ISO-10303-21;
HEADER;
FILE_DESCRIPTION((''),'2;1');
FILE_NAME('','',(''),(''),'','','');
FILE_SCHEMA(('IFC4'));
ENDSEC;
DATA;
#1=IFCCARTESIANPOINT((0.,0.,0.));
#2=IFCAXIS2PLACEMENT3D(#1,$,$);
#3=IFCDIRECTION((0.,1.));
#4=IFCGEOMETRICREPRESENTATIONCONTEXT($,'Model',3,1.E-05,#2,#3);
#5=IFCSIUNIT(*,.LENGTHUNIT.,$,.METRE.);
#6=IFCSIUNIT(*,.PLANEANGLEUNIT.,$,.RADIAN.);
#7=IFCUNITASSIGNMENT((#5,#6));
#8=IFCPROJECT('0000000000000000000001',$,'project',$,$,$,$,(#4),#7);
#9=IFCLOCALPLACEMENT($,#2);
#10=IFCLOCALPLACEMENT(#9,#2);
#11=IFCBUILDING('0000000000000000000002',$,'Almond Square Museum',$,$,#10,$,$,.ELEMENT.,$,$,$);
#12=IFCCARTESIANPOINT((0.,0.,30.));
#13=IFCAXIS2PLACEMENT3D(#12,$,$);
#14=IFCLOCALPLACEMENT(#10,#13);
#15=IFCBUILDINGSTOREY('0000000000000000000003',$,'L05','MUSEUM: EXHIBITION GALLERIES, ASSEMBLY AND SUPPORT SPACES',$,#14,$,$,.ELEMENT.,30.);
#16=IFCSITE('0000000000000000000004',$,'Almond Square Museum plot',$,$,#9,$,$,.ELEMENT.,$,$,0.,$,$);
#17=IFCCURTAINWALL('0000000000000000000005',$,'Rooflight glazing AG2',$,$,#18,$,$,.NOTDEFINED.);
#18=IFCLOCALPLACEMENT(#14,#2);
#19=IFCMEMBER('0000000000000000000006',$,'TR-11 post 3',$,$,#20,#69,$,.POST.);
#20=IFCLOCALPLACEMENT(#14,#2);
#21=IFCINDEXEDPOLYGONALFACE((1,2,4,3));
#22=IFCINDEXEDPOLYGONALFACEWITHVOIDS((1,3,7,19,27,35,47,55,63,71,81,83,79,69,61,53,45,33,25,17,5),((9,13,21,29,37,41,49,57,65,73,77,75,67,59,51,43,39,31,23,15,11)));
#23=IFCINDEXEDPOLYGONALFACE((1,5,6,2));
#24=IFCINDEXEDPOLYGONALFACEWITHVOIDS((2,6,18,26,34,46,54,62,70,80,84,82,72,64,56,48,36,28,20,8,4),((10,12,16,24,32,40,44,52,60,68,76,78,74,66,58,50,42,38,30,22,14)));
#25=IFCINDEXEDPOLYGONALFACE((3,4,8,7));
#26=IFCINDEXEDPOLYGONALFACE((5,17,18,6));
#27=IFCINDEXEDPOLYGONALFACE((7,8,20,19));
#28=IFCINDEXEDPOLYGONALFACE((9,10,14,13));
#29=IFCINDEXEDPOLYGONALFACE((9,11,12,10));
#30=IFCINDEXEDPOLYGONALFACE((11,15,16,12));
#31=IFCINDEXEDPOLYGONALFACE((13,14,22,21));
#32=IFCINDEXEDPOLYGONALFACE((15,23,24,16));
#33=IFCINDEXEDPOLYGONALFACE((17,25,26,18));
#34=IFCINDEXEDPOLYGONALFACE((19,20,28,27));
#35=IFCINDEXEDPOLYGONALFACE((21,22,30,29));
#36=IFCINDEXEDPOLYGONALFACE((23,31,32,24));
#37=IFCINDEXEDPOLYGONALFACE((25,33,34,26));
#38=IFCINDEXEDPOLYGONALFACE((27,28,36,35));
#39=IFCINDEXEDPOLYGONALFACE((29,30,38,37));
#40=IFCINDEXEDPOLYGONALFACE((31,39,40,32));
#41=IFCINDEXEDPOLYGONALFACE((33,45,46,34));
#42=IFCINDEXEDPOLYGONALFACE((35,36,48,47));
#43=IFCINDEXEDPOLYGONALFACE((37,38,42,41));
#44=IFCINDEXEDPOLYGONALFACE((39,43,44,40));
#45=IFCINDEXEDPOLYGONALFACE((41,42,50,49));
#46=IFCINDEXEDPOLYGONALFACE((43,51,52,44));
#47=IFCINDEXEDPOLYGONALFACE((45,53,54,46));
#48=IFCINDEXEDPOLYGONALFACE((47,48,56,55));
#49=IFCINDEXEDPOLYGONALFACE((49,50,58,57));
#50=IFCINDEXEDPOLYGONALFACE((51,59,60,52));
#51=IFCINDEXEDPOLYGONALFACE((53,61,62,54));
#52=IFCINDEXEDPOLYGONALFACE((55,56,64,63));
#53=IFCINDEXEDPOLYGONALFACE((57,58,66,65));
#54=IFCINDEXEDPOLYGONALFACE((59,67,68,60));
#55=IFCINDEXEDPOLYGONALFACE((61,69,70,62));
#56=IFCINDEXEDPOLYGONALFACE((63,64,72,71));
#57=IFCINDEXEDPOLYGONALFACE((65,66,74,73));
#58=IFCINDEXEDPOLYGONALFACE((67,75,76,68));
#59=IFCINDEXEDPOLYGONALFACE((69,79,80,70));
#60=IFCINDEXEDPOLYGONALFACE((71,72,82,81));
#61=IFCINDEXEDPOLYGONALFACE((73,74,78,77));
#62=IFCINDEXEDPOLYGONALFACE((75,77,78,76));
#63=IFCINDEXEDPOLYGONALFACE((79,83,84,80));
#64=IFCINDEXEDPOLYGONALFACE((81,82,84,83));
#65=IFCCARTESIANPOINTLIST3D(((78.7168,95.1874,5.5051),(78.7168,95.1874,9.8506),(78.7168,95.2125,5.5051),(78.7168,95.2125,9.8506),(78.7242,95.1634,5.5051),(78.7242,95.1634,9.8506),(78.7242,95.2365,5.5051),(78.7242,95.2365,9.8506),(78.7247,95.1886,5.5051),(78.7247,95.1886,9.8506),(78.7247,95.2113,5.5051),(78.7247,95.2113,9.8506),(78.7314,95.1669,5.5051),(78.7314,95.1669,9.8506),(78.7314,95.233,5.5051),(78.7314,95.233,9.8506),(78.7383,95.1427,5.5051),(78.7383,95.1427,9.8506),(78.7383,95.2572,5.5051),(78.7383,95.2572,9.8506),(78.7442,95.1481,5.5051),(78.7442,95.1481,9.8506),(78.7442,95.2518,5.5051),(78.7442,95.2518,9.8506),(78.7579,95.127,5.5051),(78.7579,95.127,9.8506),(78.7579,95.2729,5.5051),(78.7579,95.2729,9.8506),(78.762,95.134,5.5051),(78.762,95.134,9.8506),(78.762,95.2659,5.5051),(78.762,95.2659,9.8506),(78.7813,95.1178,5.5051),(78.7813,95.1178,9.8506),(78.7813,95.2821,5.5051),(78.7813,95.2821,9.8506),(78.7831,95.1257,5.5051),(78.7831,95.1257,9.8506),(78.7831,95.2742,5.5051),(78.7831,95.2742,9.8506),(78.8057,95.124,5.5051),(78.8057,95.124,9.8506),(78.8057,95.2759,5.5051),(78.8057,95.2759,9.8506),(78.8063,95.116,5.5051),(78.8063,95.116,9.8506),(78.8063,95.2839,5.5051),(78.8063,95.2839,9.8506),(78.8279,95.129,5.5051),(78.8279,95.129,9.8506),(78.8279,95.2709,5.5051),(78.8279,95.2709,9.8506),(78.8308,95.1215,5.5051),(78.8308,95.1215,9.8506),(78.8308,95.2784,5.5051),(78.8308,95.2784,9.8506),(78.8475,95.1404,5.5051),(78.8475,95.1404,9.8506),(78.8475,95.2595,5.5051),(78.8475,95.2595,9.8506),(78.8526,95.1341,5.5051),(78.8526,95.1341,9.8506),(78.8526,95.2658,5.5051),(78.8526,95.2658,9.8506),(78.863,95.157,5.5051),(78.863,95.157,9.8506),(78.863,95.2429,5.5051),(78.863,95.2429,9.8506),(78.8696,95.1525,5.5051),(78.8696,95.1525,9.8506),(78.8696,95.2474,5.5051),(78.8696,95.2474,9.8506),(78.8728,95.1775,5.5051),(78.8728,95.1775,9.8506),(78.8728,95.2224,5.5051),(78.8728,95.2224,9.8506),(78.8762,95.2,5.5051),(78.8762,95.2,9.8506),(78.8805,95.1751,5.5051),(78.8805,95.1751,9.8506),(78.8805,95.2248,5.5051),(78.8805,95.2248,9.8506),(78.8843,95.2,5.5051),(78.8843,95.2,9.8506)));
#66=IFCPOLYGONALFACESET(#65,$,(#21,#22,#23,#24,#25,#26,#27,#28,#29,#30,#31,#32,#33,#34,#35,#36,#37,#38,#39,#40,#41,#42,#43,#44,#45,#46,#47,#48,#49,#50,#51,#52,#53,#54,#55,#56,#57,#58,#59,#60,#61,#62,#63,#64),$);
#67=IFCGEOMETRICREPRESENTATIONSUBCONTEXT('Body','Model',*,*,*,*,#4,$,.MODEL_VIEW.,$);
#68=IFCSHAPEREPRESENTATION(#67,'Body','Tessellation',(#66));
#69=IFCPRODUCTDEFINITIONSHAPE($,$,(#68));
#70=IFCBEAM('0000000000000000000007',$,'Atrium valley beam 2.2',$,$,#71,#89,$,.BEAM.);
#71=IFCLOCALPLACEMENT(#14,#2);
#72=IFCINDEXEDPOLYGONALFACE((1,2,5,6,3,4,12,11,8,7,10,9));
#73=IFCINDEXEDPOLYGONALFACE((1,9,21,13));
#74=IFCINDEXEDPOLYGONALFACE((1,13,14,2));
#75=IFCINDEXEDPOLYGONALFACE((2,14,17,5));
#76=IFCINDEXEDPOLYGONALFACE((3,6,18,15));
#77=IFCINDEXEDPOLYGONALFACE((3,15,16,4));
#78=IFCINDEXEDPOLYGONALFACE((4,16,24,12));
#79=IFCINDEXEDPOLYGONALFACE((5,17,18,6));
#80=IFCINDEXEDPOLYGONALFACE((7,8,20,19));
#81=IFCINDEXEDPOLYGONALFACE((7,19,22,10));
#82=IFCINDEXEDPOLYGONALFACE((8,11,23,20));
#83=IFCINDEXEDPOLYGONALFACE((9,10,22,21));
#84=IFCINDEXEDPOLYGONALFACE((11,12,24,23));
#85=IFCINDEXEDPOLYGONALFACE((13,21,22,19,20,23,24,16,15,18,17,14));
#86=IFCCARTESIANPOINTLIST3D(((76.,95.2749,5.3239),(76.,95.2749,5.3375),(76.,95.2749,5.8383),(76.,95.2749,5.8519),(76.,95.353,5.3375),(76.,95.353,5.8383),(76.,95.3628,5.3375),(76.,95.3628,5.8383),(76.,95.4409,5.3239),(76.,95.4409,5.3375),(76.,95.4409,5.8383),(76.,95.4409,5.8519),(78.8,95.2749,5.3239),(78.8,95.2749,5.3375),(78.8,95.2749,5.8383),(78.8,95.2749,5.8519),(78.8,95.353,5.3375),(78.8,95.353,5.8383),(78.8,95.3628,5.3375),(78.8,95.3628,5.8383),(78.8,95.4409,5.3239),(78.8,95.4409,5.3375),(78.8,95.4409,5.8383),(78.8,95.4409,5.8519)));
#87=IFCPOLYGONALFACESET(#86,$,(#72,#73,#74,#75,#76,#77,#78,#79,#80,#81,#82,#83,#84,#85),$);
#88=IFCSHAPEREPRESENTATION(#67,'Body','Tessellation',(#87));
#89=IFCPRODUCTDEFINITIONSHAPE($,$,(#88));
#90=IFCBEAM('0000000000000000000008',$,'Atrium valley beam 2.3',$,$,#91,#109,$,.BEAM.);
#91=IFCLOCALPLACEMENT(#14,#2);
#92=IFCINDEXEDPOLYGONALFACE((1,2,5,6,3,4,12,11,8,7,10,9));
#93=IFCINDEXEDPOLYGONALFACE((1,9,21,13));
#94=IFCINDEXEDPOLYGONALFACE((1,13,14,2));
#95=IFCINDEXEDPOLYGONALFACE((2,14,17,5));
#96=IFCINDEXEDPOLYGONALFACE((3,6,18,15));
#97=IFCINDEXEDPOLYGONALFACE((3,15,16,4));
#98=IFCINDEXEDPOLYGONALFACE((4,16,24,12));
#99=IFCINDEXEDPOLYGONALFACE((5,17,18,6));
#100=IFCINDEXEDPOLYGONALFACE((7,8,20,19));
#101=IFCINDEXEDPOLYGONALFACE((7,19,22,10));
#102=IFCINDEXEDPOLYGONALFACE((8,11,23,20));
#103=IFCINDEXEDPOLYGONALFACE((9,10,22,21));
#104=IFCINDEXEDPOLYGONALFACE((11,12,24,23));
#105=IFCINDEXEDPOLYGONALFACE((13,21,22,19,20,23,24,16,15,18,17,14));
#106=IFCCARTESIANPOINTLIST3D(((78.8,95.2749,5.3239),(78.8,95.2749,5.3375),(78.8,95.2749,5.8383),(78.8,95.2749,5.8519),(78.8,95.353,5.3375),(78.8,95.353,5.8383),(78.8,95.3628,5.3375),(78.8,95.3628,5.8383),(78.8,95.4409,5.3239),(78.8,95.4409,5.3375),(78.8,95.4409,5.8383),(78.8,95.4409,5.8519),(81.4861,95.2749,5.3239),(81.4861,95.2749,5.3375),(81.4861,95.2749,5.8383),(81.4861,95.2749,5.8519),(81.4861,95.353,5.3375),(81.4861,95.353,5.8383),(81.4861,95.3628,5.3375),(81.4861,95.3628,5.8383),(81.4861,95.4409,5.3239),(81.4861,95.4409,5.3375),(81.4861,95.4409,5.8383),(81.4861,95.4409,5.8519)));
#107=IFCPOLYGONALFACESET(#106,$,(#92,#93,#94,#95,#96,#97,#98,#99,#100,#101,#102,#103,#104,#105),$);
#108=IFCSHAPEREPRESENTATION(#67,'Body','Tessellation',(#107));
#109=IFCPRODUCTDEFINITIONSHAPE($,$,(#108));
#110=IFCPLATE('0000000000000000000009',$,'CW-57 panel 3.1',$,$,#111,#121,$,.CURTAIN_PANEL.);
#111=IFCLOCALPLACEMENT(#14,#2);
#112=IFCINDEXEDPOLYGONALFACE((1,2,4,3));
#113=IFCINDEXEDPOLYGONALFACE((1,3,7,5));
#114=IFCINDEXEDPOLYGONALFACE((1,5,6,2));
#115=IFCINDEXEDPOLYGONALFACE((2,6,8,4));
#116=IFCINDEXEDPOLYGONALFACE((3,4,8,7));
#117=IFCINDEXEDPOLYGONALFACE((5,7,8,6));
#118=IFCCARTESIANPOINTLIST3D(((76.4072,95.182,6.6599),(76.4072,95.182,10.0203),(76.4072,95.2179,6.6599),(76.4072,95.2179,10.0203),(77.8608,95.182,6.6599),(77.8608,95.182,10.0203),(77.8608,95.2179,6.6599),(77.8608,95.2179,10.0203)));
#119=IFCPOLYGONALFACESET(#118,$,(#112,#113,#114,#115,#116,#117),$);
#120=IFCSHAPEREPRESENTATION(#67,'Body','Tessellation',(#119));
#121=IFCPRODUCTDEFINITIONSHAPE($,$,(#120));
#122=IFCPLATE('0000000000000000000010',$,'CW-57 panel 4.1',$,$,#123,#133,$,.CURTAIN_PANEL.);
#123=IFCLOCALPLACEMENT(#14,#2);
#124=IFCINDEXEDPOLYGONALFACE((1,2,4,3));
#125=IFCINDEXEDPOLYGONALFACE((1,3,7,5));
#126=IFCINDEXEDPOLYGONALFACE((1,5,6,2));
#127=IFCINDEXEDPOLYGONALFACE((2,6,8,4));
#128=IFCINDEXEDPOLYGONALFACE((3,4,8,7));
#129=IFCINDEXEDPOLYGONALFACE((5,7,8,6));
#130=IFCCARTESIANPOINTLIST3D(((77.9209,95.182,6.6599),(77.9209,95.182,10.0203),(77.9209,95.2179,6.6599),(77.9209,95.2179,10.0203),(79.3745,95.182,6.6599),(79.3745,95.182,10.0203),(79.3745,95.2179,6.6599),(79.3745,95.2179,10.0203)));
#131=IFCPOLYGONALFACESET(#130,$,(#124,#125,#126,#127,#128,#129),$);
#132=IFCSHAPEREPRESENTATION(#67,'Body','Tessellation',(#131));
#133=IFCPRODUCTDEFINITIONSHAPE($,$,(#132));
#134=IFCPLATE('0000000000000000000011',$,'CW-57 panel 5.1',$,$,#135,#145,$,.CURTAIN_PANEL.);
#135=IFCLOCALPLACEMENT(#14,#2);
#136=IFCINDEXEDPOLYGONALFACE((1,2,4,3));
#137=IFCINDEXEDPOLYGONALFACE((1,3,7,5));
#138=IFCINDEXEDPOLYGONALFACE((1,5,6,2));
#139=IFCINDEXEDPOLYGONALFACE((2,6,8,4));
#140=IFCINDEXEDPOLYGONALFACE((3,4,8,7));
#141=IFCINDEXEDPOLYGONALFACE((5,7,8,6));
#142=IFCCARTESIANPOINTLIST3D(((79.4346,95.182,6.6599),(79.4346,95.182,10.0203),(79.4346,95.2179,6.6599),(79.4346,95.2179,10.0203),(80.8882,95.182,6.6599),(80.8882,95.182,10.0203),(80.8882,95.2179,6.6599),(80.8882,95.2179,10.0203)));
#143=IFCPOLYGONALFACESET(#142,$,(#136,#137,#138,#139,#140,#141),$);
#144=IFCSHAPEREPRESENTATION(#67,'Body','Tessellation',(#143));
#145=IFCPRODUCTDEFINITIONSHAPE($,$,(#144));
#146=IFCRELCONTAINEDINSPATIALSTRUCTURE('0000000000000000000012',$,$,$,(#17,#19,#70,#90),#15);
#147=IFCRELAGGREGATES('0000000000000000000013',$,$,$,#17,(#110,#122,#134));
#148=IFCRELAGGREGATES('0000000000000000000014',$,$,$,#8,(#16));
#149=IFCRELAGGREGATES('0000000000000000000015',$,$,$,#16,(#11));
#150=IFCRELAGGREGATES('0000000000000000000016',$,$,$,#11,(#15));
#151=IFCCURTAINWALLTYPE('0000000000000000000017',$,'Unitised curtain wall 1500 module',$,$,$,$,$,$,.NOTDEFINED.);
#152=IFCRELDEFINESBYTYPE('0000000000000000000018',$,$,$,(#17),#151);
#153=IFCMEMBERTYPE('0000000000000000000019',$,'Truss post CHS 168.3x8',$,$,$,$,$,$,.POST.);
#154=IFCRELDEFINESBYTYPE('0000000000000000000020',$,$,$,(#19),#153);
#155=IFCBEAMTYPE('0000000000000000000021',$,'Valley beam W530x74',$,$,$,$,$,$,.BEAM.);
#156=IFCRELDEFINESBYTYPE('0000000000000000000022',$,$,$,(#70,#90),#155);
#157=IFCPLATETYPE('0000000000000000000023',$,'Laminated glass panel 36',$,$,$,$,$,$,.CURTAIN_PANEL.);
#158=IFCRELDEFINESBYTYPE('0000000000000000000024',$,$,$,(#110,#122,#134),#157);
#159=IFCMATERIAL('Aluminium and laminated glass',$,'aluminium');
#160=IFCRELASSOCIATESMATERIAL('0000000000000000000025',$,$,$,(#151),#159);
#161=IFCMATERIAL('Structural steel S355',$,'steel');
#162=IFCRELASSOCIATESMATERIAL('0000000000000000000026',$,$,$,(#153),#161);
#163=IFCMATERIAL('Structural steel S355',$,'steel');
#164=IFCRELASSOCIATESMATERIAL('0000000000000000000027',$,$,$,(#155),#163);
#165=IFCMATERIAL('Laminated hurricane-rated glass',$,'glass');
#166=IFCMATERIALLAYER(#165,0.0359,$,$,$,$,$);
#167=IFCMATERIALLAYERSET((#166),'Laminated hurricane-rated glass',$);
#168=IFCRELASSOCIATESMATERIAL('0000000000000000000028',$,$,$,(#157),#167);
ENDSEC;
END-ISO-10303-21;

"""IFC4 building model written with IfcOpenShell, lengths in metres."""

from ifc_helpers import new_model, si_unit, direction, frame, origin, origin_2d, place, context, subcontext, project, spatial, rectangle, hollow_circle, i_section, extrude, material, layer, layer_set, material_profile, profile_set, type_object, element, aggregate, save


model = new_model("IFC4")

# Units and contexts
model_context = context("Model", 3, precision=1e-05, world=origin(), true_north=direction((0.0, 1.0)))
body_context = subcontext(model_context, "Body", "Model", "MODEL_VIEW")
ifc_project = project(units=[si_unit("LENGTHUNIT", "METRE"), si_unit("PLANEANGLEUNIT", "RADIAN")], contexts=[model_context])

# Site, building, storey
site_placement = place(None, origin())
site = spatial("IfcSite", under=ifc_project, at=site_placement, Name="Almond Square Museum plot", CompositionType="ELEMENT", RefElevation=0.0)
building_placement = place(site_placement, origin())
building = spatial("IfcBuilding", under=site, at=building_placement, Name="Almond Square Museum", CompositionType="ELEMENT")
storey_placement = place(building_placement, frame((0.0, 0.0, 30.0)))
storey = spatial("IfcBuildingStorey", under=building, at=storey_placement, Name="L05", Description="MUSEUM: EXHIBITION GALLERIES, ASSEMBLY AND SUPPORT SPACES", CompositionType="ELEMENT", Elevation=30.0)

# Curtain wall
ifc_material_1 = material(Name="Aluminium and laminated glass", Category="aluminium")
curtain_wall_type = type_object("IfcCurtainWallType", Name="Unitised curtain wall 1500 module", PredefinedType="NOTDEFINED", material=ifc_material_1)
curtain_wall_placement = place(storey_placement, origin())
curtain_wall = element("IfcCurtainWall", 1, at=curtain_wall_placement, inside=storey, type_object=curtain_wall_type, Name="Rooflight glazing AG2", PredefinedType="NOTDEFINED")

# Member
ifc_material_2 = material(Name="Structural steel S355", Category="steel")
ifc_material_profile_1 = material_profile(ifc_material_2, hollow_circle(Radius=0.0842, WallThickness=0.0081, at=origin_2d()))
ifc_profile_set_1 = profile_set([ifc_material_profile_1], Name="Structural steel S355")
member_type_1 = type_object("IfcMemberType", Name="Truss post CHS 168.3x8", PredefinedType="POST", material=ifc_profile_set_1)
for number, where, z_axis, x_axis, name in (
    (2, (78.8, 95.2, 5.5051), (0.0, 0.0, 1.0), (1.0, 0.0, 0.0), "TR-11 post 3"),
):
    element("IfcMember", number, at=place(storey_placement, frame(where, z_axis=z_axis, x_axis=x_axis)), inside=storey, type_object=member_type_1, Name=name, PredefinedType="POST", context=body_context, shape_type="SweptSolid", body=[
        extrude(hollow_circle(Radius=0.0842, WallThickness=0.0081, at=origin_2d()), origin(), (0.0, 0.0, 1.0), 4.3455),
    ])

# Beams
ifc_material_3 = material(Name="Structural steel S355", Category="steel")
ifc_material_profile_2 = material_profile(ifc_material_3, i_section(OverallWidth=0.166, OverallDepth=0.5281, WebThickness=0.0098, FlangeThickness=0.0137, at=origin_2d()))
ifc_profile_set_2 = profile_set([ifc_material_profile_2], Name="Structural steel S355")
beam_type = type_object("IfcBeamType", Name="Valley beam W530x74", PredefinedType="BEAM", material=ifc_profile_set_2)
beam_1_placement = place(storey_placement, frame((76.0, 95.3579, 5.5879), z_axis=(1.0, 0.0, 0.0), x_axis=(0.0, 1.0, 0.0)))
element("IfcBeam", 3, at=beam_1_placement, inside=storey, type_object=beam_type, Name="Atrium valley beam 2.2", PredefinedType="BEAM", context=body_context, shape_type="SweptSolid", body=[
    extrude(i_section(OverallWidth=0.166, OverallDepth=0.5281, WebThickness=0.0098, FlangeThickness=0.0137, at=origin_2d()), origin(), (0.0, 0.0, 1.0), 2.8),
])
beam_2_placement = place(storey_placement, frame((78.8, 95.3579, 5.5879), z_axis=(1.0, 0.0, 0.0), x_axis=(0.0, 1.0, 0.0)))
element("IfcBeam", 4, at=beam_2_placement, inside=storey, type_object=beam_type, Name="Atrium valley beam 2.3", PredefinedType="BEAM", context=body_context, shape_type="SweptSolid", body=[
    extrude(i_section(OverallWidth=0.166, OverallDepth=0.5281, WebThickness=0.0098, FlangeThickness=0.0137, at=origin_2d()), origin(), (0.0, 0.0, 1.0), 2.686),
])

# Plates
ifc_material_4 = material(Name="Laminated hurricane-rated glass", Category="glass")
ifc_layer_1 = layer(ifc_material_4, 0.0359)
ifc_layer_set_1 = layer_set([ifc_layer_1], Name="Laminated hurricane-rated glass")
plate_type = type_object("IfcPlateType", Name="Laminated glass panel 36", PredefinedType="CURTAIN_PANEL", material=ifc_layer_set_1)
plate_1_placement = place(storey_placement, frame((77.134, 95.2, 6.6599), z_axis=(0.0, 0.0, 1.0), x_axis=(1.0, 0.0, 0.0)))
plate_1 = element("IfcPlate", 5, at=plate_1_placement, type_object=plate_type, Name="CW-57 panel 3.1", PredefinedType="CURTAIN_PANEL", context=body_context, shape_type="SweptSolid", body=[
    extrude(rectangle(XDim=1.4536, YDim=0.0359, at=origin_2d()), origin(), (0.0, 0.0, 1.0), 3.3604),
])
plate_2_placement = place(storey_placement, frame((78.6477, 95.2, 6.6599), z_axis=(0.0, 0.0, 1.0), x_axis=(1.0, 0.0, 0.0)))
plate_2 = element("IfcPlate", 6, at=plate_2_placement, type_object=plate_type, Name="CW-57 panel 4.1", PredefinedType="CURTAIN_PANEL", context=body_context, shape_type="SweptSolid", body=[
    extrude(rectangle(XDim=1.4536, YDim=0.0359, at=origin_2d()), origin(), (0.0, 0.0, 1.0), 3.3604),
])
plate_3_placement = place(storey_placement, frame((80.1614, 95.2, 6.6599), z_axis=(0.0, 0.0, 1.0), x_axis=(1.0, 0.0, 0.0)))
plate_3 = element("IfcPlate", 7, at=plate_3_placement, type_object=plate_type, Name="CW-57 panel 5.1", PredefinedType="CURTAIN_PANEL", context=body_context, shape_type="SweptSolid", body=[
    extrude(rectangle(XDim=1.4536, YDim=0.0359, at=origin_2d()), origin(), (0.0, 0.0, 1.0), 3.3604),
])
aggregate(curtain_wall, [plate_1, plate_2, plate_3])

save(model, "model.ifc")
